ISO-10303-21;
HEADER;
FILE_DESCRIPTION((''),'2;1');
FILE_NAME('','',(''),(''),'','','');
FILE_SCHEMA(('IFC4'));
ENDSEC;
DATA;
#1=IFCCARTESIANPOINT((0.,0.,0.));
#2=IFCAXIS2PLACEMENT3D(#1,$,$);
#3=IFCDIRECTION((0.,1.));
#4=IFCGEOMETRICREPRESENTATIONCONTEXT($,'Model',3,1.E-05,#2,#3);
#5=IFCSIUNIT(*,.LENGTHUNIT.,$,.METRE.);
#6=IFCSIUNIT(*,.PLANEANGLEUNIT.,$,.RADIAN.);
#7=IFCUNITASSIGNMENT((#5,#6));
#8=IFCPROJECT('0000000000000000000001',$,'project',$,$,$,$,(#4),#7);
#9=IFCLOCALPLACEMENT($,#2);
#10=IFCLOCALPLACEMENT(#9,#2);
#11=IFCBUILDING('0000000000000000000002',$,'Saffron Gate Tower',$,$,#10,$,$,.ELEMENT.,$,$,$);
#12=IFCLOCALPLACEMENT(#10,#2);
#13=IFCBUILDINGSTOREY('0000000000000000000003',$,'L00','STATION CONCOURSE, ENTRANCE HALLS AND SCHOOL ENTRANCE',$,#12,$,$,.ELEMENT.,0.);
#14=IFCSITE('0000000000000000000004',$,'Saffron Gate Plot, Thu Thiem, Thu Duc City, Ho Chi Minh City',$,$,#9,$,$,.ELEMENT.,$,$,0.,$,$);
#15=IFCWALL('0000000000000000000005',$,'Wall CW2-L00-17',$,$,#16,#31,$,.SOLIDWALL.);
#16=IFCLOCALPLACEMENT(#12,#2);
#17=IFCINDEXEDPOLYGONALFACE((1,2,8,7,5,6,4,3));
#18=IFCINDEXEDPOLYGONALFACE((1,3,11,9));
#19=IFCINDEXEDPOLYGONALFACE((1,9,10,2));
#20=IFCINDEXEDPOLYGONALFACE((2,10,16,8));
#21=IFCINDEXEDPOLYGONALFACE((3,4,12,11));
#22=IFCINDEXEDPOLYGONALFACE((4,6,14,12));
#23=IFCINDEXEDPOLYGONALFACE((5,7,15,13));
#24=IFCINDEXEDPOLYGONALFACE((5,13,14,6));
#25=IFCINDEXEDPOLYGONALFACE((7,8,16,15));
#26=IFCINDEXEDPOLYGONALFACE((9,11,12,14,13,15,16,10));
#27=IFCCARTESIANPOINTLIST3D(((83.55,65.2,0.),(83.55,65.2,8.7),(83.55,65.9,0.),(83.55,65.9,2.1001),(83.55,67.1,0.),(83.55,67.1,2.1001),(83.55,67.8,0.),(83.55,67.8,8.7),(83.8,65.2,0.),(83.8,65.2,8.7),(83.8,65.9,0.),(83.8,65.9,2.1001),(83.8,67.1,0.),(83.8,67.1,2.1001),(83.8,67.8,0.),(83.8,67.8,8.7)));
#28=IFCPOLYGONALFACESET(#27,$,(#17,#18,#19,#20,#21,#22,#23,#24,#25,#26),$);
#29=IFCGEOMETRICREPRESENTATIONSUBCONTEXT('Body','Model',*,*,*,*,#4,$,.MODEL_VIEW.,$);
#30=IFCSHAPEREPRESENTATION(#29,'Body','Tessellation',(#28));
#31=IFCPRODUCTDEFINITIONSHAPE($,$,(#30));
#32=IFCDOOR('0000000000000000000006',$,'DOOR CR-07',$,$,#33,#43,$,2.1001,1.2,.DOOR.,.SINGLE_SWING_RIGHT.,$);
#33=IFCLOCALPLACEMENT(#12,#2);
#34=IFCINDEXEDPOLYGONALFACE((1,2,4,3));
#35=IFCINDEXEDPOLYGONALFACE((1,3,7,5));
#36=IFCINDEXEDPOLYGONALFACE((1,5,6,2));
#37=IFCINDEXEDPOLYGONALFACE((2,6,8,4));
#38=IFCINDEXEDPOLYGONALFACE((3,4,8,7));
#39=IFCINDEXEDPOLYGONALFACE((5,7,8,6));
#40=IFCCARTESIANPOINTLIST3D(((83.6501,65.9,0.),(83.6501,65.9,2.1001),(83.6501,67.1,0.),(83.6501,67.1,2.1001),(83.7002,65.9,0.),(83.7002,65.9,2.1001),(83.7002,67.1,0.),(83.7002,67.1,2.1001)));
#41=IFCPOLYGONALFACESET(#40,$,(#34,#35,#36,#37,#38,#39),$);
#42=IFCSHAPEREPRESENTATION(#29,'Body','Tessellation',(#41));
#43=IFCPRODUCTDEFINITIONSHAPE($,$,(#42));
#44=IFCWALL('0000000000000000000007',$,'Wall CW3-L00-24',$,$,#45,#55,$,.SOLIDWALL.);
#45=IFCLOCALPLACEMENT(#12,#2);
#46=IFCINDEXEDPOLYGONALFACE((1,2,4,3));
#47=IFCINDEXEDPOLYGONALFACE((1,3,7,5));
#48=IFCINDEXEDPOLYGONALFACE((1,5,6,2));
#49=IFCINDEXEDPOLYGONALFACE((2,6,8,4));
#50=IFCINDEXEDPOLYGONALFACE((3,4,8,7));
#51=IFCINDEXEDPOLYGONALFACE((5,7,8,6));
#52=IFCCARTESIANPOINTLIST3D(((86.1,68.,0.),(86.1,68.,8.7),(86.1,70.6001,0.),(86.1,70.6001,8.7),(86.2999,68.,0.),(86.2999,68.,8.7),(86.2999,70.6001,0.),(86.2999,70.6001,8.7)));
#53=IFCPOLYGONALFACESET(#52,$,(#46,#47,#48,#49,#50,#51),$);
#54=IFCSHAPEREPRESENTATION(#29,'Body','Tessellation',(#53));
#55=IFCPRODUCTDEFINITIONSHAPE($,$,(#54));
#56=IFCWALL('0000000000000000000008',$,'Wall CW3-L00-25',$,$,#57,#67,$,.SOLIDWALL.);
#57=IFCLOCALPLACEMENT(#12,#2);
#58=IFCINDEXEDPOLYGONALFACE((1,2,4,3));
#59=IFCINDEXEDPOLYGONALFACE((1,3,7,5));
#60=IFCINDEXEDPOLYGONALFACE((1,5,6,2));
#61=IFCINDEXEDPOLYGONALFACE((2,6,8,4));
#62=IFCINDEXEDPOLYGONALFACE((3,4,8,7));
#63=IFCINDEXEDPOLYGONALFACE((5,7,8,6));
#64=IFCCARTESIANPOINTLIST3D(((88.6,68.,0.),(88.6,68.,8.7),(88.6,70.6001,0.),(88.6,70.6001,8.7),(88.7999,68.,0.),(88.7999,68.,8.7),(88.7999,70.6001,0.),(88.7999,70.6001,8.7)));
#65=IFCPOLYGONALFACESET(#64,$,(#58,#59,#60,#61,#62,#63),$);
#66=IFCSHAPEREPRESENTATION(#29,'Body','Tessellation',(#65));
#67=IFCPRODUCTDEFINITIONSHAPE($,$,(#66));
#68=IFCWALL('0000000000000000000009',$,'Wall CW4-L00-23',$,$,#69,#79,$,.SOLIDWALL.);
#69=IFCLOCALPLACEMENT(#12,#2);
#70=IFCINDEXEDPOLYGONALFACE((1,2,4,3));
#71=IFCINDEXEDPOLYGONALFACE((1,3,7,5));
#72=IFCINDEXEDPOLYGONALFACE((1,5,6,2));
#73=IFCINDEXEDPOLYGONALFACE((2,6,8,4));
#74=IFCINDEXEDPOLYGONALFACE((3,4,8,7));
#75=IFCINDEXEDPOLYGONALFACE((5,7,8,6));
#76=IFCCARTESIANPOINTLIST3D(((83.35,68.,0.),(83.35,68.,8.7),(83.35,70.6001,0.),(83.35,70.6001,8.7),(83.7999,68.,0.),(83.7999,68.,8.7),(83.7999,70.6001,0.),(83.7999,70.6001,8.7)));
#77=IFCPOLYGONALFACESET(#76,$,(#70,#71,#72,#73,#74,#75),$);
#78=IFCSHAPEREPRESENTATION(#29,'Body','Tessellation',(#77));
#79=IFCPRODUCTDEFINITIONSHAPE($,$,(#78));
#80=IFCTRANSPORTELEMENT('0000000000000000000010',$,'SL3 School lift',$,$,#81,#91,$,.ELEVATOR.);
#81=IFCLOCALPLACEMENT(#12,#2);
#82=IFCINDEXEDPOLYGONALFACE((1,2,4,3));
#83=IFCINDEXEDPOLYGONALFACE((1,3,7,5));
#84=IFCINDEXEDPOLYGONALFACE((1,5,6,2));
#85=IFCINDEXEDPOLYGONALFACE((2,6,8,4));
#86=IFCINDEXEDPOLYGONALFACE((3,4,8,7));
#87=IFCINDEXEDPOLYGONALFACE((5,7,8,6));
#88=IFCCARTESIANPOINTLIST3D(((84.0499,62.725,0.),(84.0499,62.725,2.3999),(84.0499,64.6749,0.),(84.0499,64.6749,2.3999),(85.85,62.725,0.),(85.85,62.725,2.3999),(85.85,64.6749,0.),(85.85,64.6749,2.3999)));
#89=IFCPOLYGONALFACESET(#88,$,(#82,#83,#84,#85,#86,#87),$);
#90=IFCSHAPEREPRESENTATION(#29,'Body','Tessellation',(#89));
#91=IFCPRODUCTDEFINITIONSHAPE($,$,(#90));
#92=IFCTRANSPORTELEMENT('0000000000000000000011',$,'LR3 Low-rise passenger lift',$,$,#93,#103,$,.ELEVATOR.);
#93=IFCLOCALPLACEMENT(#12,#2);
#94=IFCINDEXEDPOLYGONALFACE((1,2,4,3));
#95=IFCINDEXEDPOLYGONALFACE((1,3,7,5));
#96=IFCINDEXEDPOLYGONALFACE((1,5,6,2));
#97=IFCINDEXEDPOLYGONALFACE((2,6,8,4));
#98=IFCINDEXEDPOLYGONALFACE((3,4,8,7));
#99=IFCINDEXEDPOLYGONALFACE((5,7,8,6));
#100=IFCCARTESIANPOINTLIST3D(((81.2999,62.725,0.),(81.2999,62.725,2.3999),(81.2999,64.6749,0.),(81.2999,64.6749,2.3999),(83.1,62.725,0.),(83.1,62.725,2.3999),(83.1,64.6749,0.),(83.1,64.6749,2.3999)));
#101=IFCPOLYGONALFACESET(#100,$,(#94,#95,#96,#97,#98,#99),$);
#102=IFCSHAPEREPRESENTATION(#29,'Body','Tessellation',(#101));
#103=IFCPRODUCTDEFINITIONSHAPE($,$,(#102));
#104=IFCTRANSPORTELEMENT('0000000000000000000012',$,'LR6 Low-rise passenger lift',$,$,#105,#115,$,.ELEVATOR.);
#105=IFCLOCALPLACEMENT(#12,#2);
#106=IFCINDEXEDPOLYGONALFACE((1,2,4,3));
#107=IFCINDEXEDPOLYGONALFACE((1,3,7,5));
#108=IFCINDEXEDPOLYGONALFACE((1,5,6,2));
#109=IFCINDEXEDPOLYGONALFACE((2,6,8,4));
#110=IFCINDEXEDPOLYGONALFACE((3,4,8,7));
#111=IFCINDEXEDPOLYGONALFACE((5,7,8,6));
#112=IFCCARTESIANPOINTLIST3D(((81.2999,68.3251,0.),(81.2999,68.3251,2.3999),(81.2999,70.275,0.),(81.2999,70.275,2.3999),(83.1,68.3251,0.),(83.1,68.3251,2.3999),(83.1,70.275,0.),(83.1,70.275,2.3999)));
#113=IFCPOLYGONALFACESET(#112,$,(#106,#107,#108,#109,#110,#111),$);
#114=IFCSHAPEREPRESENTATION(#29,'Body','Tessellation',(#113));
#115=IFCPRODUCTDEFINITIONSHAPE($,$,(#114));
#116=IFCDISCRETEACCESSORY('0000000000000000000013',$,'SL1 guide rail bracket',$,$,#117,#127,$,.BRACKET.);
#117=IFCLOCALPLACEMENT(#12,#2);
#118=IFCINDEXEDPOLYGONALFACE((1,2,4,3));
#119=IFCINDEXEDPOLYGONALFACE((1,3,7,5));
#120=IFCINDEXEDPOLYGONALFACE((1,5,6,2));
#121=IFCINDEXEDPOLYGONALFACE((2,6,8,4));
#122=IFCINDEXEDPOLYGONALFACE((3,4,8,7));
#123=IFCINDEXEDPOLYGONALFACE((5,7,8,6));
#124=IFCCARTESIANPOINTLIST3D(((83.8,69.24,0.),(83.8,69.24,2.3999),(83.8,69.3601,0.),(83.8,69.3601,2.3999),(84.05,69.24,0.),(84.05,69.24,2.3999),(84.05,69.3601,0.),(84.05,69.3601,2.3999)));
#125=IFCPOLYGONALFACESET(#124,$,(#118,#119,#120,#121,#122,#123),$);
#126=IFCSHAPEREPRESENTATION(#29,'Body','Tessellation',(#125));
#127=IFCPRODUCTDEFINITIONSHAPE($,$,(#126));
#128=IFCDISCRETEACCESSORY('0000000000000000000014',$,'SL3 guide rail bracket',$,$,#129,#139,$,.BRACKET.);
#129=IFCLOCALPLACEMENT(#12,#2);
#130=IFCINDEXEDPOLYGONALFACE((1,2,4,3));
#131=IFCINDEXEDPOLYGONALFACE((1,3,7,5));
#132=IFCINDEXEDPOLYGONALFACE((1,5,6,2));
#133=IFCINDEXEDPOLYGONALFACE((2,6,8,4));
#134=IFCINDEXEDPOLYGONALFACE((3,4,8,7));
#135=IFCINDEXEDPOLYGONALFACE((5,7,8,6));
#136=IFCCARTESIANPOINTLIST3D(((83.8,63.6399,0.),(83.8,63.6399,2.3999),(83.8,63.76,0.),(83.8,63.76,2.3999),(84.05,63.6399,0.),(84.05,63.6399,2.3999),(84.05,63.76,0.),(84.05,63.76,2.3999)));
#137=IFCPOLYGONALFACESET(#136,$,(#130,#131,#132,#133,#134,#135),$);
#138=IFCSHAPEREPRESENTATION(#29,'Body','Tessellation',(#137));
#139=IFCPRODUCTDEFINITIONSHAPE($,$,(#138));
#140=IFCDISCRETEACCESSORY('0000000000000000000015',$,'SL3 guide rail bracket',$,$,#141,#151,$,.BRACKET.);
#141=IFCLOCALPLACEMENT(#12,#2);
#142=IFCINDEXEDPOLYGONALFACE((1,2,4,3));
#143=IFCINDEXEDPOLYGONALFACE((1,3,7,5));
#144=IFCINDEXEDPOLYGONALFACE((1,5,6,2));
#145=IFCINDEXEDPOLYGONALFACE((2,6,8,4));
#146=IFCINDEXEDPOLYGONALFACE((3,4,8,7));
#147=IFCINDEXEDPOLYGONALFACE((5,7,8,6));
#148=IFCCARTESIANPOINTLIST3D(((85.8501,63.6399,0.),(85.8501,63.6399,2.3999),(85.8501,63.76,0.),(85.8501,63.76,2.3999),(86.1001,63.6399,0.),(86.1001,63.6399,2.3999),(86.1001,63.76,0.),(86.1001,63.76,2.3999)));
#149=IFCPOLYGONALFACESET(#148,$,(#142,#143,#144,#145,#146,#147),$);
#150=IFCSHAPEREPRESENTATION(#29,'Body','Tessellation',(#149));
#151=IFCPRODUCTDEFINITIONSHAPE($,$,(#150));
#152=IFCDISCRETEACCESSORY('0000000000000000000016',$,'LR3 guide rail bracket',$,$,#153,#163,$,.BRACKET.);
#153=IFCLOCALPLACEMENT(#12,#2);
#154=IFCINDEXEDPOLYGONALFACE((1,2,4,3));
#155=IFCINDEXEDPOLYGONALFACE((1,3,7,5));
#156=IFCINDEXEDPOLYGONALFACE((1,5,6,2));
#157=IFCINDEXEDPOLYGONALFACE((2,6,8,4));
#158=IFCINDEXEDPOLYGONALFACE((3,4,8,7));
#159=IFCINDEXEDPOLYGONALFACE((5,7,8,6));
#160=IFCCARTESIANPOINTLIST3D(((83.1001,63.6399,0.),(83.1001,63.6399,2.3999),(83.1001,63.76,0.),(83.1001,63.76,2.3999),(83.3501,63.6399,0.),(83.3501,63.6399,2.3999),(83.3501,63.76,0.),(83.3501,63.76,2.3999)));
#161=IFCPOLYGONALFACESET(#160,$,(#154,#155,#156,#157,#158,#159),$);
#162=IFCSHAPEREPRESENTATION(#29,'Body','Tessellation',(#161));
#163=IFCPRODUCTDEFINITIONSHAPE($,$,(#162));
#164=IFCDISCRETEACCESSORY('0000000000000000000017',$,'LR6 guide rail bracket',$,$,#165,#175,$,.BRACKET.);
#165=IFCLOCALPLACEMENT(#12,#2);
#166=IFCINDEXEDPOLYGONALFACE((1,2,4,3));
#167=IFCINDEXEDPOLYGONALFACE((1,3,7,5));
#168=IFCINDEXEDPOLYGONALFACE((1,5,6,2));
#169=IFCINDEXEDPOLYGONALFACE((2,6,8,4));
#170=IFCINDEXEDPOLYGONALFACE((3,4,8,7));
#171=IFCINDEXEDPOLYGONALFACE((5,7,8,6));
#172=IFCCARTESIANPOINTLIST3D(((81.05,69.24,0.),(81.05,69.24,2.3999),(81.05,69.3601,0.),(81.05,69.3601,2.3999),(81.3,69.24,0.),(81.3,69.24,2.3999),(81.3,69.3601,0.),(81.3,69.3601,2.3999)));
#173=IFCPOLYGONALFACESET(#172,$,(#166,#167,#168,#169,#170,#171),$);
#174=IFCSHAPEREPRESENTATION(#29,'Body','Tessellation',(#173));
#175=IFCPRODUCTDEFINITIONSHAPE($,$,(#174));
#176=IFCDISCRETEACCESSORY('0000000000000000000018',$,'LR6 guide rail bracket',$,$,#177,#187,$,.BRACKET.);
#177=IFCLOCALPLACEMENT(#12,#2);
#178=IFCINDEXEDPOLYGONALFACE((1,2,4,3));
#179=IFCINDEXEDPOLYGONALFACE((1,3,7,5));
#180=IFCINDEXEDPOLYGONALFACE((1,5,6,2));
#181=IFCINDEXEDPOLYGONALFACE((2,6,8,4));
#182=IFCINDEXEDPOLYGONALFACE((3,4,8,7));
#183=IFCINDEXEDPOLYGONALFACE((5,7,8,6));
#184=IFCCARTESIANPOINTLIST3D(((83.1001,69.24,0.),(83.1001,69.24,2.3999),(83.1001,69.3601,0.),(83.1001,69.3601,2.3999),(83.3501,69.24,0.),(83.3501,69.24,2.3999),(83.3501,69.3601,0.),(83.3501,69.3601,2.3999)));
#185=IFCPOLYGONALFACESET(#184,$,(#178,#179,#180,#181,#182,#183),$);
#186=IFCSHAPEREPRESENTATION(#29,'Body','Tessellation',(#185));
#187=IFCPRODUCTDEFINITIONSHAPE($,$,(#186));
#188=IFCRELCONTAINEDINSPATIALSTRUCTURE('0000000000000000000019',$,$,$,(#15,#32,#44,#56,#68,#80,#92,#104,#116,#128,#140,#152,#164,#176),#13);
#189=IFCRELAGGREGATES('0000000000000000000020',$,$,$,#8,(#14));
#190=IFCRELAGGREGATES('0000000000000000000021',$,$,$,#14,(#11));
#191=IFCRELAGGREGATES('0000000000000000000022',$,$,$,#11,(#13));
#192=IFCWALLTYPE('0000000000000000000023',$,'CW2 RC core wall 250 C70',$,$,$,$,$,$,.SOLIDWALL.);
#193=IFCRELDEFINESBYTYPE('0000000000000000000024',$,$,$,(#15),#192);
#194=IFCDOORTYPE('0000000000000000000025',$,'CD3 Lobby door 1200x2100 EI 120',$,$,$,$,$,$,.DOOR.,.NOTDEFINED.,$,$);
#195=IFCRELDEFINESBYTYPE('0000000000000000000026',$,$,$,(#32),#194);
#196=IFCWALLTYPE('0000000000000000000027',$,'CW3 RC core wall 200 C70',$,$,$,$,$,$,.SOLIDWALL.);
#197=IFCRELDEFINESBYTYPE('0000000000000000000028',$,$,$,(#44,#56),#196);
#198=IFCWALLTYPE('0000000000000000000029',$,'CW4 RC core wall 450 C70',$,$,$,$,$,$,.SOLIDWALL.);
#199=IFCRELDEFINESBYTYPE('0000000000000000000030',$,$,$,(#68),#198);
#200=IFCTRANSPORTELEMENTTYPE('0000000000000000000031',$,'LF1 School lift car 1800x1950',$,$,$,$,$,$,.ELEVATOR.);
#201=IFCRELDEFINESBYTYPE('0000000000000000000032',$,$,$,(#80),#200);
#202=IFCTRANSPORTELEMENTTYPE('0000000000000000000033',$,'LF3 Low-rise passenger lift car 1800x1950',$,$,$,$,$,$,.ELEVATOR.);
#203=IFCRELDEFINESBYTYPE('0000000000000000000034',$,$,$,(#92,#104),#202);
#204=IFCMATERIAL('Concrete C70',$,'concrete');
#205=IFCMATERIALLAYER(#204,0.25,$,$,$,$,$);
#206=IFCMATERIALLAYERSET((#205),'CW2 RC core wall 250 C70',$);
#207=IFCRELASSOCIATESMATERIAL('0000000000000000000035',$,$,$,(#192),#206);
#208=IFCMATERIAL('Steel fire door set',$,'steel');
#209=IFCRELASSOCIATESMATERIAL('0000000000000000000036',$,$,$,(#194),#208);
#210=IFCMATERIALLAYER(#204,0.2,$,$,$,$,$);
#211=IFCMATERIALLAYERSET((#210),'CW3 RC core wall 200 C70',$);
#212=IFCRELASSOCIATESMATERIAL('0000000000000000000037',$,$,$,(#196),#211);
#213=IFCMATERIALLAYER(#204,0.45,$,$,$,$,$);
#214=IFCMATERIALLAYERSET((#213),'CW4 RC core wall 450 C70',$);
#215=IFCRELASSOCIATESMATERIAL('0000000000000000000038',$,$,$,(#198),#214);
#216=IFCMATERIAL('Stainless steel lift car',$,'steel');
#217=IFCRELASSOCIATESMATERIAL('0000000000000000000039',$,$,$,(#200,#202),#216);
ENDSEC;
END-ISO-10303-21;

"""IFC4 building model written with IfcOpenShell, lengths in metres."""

from ifc_helpers import new_model, si_unit, direction, frame, frame_2d, origin, origin_2d, place, context, subcontext, project, spatial, rectangle, extrude, material, layer, layer_set, type_object, element, fill, save


model = new_model("IFC4")

# Units and contexts
model_context = context("Model", 3, precision=1e-05, world=origin(), true_north=direction((0.0, 1.0)))
body_context = subcontext(model_context, "Body", "Model", "MODEL_VIEW")
ifc_project = project(units=[si_unit("LENGTHUNIT", "METRE"), si_unit("PLANEANGLEUNIT", "RADIAN")], contexts=[model_context])

# Site, building, storey
site_placement = place(None, origin())
site = spatial("IfcSite", under=ifc_project, at=site_placement, Name="Saffron Gate Plot, Thu Thiem, Thu Duc City, Ho Chi Minh City", CompositionType="ELEMENT", RefElevation=0.0)
building_placement = place(site_placement, origin())
building = spatial("IfcBuilding", under=site, at=building_placement, Name="Saffron Gate Tower", CompositionType="ELEMENT")
storey_placement = place(building_placement, origin())
storey = spatial("IfcBuildingStorey", under=building, at=storey_placement, Name="L00", Description="STATION CONCOURSE, ENTRANCE HALLS AND SCHOOL ENTRANCE", CompositionType="ELEMENT", Elevation=0.0)

# Wall, opening, door
ifc_material_1 = material(Name="Concrete C70", Category="concrete")
ifc_layer_1 = layer(ifc_material_1, 0.25)
ifc_layer_set_1 = layer_set([ifc_layer_1], Name="CW2 RC core wall 250 C70")
wall_type_1 = type_object("IfcWallType", Name="CW2 RC core wall 250 C70", PredefinedType="SOLIDWALL", material=ifc_layer_set_1)
wall_1_placement = place(storey_placement, frame((83.675, 65.2, 0.0), z_axis=(0.0, 0.0, 1.0), x_axis=(0.0, 1.0, 0.0)))
wall_1 = element("IfcWall", 1, at=wall_1_placement, inside=storey, type_object=wall_type_1, Name="Wall CW2-L00-17", PredefinedType="SOLIDWALL", context=body_context, shape_type="SweptSolid", body=[
    extrude(rectangle(XDim=2.6001, YDim=0.25, at=frame_2d((1.3, 0.0))), origin(), (0.0, 0.0, 1.0), 8.7),
])
opening_placement = place(wall_1_placement, frame((0.7, 0.0, 0.0)))
opening = element("IfcOpeningElement", 2, at=opening_placement, cuts=wall_1, PredefinedType="OPENING", context=body_context, shape_type="SweptSolid", body=[
    extrude(rectangle(XDim=1.2, YDim=2.1001, at=frame_2d((0.6001, 1.05))), frame((0.0, 0.135, 0.0), z_axis=(0.0, -1.0, 0.0), x_axis=(1.0, 0.0, 0.0)), (0.0, 0.0, 1.0), 0.27),
])
ifc_material_2 = material(Name="Steel fire door set", Category="steel")
door_type = type_object("IfcDoorType", Name="CD3 Lobby door 1200x2100 EI 120", OperationType="NOTDEFINED", PredefinedType="DOOR", material=ifc_material_2)
door_placement = place(opening_placement, origin())
door = element("IfcDoor", 3, at=door_placement, inside=storey, type_object=door_type, Name="DOOR CR-07", OperationType="SINGLE_SWING_RIGHT", OverallHeight=2.1001, OverallWidth=1.2, PredefinedType="DOOR", context=body_context, shape_type="SweptSolid", body=[
    extrude(rectangle(XDim=1.2, YDim=2.1001, at=frame_2d((0.6001, 1.05))), frame((0.0, 0.0249, 0.0), z_axis=(0.0, -1.0, 0.0), x_axis=(1.0, 0.0, 0.0)), (0.0, 0.0, 1.0), 0.05),
])
fill(opening, door)

# Walls
ifc_layer_2 = layer(ifc_material_1, 0.2)
ifc_layer_set_2 = layer_set([ifc_layer_2], Name="CW3 RC core wall 200 C70")
wall_type_2 = type_object("IfcWallType", Name="CW3 RC core wall 200 C70", PredefinedType="SOLIDWALL", material=ifc_layer_set_2)
for number, where, z_axis, x_axis, name in (
    (4, (86.2, 68.0, 0.0), (0.0, 0.0, 1.0), (0.0, 1.0, 0.0), "Wall CW3-L00-24"),
    (5, (88.7, 68.0, 0.0), (0.0, 0.0, 1.0), (0.0, 1.0, 0.0), "Wall CW3-L00-25"),
):
    element("IfcWall", number, at=place(storey_placement, frame(where, z_axis=z_axis, x_axis=x_axis)), inside=storey, type_object=wall_type_2, Name=name, PredefinedType="SOLIDWALL", context=body_context, shape_type="SweptSolid", body=[
        extrude(rectangle(XDim=2.6001, YDim=0.2, at=frame_2d((1.3, 0.0))), origin(), (0.0, 0.0, 1.0), 8.7),
    ])
ifc_layer_3 = layer(ifc_material_1, 0.45)
ifc_layer_set_3 = layer_set([ifc_layer_3], Name="CW4 RC core wall 450 C70")
wall_type_3 = type_object("IfcWallType", Name="CW4 RC core wall 450 C70", PredefinedType="SOLIDWALL", material=ifc_layer_set_3)
wall_2_placement = place(storey_placement, frame((83.575, 68.0, 0.0), z_axis=(0.0, 0.0, 1.0), x_axis=(0.0, 1.0, 0.0)))
element("IfcWall", 6, at=wall_2_placement, inside=storey, type_object=wall_type_3, Name="Wall CW4-L00-23", PredefinedType="SOLIDWALL", context=body_context, shape_type="SweptSolid", body=[
    extrude(rectangle(XDim=2.6001, YDim=0.45, at=frame_2d((1.3, 0.0))), origin(), (0.0, 0.0, 1.0), 8.7),
])

# Transport elements
ifc_material_3 = material(Name="Stainless steel lift car", Category="steel")
transport_element_type_1 = type_object("IfcTransportElementType", Name="LF1 School lift car 1800x1950", PredefinedType="ELEVATOR", material=ifc_material_3)
transport_element_placement = place(storey_placement, frame((84.95, 63.7, 0.0), z_axis=(0.0, 0.0, 1.0), x_axis=(1.0, 0.0, 0.0)))
element("IfcTransportElement", 7, at=transport_element_placement, inside=storey, type_object=transport_element_type_1, Name="SL3 School lift", PredefinedType="ELEVATOR", context=body_context, shape_type="SweptSolid", body=[
    extrude(rectangle(XDim=1.8, YDim=1.95, at=origin_2d()), origin(), (0.0, 0.0, 1.0), 2.3999),
])
transport_element_type_2 = type_object("IfcTransportElementType", Name="LF3 Low-rise passenger lift car 1800x1950", PredefinedType="ELEVATOR", material=ifc_material_3)
for number, where, z_axis, x_axis, name in (
    (8, (82.2, 63.7, 0.0), (0.0, 0.0, 1.0), (1.0, 0.0, 0.0), "LR3 Low-rise passenger lift"),
    (9, (82.2, 69.3, 0.0), (0.0, 0.0, 1.0), (1.0, 0.0, 0.0), "LR6 Low-rise passenger lift"),
):
    element("IfcTransportElement", number, at=place(storey_placement, frame(where, z_axis=z_axis, x_axis=x_axis)), inside=storey, type_object=transport_element_type_2, Name=name, PredefinedType="ELEVATOR", context=body_context, shape_type="SweptSolid", body=[
        extrude(rectangle(XDim=1.8, YDim=1.95, at=origin_2d()), origin(), (0.0, 0.0, 1.0), 2.3999),
    ])

# Discrete accessories
for number, where, z_axis, x_axis, name in (
    (10, (83.925, 69.3, 0.0), (0.0, 0.0, 1.0), (1.0, 0.0, 0.0), "SL1 guide rail bracket"),
    (11, (83.925, 63.7, 0.0), (0.0, 0.0, 1.0), (1.0, 0.0, 0.0), "SL3 guide rail bracket"),
    (12, (85.9751, 63.7, 0.0), (0.0, 0.0, 1.0), (1.0, 0.0, 0.0), "SL3 guide rail bracket"),
    (13, (83.2251, 63.7, 0.0), (0.0, 0.0, 1.0), (1.0, 0.0, 0.0), "LR3 guide rail bracket"),
    (14, (81.175, 69.3, 0.0), (0.0, 0.0, 1.0), (1.0, 0.0, 0.0), "LR6 guide rail bracket"),
    (15, (83.2251, 69.3, 0.0), (0.0, 0.0, 1.0), (1.0, 0.0, 0.0), "LR6 guide rail bracket"),
):
    element("IfcDiscreteAccessory", number, at=place(storey_placement, frame(where, z_axis=z_axis, x_axis=x_axis)), inside=storey, Name=name, PredefinedType="BRACKET", context=body_context, shape_type="SweptSolid", body=[
        extrude(rectangle(XDim=0.25, YDim=0.1201, at=origin_2d()), origin(), (0.0, 0.0, 1.0), 2.3999),
    ])

save(model, "model.ifc")
